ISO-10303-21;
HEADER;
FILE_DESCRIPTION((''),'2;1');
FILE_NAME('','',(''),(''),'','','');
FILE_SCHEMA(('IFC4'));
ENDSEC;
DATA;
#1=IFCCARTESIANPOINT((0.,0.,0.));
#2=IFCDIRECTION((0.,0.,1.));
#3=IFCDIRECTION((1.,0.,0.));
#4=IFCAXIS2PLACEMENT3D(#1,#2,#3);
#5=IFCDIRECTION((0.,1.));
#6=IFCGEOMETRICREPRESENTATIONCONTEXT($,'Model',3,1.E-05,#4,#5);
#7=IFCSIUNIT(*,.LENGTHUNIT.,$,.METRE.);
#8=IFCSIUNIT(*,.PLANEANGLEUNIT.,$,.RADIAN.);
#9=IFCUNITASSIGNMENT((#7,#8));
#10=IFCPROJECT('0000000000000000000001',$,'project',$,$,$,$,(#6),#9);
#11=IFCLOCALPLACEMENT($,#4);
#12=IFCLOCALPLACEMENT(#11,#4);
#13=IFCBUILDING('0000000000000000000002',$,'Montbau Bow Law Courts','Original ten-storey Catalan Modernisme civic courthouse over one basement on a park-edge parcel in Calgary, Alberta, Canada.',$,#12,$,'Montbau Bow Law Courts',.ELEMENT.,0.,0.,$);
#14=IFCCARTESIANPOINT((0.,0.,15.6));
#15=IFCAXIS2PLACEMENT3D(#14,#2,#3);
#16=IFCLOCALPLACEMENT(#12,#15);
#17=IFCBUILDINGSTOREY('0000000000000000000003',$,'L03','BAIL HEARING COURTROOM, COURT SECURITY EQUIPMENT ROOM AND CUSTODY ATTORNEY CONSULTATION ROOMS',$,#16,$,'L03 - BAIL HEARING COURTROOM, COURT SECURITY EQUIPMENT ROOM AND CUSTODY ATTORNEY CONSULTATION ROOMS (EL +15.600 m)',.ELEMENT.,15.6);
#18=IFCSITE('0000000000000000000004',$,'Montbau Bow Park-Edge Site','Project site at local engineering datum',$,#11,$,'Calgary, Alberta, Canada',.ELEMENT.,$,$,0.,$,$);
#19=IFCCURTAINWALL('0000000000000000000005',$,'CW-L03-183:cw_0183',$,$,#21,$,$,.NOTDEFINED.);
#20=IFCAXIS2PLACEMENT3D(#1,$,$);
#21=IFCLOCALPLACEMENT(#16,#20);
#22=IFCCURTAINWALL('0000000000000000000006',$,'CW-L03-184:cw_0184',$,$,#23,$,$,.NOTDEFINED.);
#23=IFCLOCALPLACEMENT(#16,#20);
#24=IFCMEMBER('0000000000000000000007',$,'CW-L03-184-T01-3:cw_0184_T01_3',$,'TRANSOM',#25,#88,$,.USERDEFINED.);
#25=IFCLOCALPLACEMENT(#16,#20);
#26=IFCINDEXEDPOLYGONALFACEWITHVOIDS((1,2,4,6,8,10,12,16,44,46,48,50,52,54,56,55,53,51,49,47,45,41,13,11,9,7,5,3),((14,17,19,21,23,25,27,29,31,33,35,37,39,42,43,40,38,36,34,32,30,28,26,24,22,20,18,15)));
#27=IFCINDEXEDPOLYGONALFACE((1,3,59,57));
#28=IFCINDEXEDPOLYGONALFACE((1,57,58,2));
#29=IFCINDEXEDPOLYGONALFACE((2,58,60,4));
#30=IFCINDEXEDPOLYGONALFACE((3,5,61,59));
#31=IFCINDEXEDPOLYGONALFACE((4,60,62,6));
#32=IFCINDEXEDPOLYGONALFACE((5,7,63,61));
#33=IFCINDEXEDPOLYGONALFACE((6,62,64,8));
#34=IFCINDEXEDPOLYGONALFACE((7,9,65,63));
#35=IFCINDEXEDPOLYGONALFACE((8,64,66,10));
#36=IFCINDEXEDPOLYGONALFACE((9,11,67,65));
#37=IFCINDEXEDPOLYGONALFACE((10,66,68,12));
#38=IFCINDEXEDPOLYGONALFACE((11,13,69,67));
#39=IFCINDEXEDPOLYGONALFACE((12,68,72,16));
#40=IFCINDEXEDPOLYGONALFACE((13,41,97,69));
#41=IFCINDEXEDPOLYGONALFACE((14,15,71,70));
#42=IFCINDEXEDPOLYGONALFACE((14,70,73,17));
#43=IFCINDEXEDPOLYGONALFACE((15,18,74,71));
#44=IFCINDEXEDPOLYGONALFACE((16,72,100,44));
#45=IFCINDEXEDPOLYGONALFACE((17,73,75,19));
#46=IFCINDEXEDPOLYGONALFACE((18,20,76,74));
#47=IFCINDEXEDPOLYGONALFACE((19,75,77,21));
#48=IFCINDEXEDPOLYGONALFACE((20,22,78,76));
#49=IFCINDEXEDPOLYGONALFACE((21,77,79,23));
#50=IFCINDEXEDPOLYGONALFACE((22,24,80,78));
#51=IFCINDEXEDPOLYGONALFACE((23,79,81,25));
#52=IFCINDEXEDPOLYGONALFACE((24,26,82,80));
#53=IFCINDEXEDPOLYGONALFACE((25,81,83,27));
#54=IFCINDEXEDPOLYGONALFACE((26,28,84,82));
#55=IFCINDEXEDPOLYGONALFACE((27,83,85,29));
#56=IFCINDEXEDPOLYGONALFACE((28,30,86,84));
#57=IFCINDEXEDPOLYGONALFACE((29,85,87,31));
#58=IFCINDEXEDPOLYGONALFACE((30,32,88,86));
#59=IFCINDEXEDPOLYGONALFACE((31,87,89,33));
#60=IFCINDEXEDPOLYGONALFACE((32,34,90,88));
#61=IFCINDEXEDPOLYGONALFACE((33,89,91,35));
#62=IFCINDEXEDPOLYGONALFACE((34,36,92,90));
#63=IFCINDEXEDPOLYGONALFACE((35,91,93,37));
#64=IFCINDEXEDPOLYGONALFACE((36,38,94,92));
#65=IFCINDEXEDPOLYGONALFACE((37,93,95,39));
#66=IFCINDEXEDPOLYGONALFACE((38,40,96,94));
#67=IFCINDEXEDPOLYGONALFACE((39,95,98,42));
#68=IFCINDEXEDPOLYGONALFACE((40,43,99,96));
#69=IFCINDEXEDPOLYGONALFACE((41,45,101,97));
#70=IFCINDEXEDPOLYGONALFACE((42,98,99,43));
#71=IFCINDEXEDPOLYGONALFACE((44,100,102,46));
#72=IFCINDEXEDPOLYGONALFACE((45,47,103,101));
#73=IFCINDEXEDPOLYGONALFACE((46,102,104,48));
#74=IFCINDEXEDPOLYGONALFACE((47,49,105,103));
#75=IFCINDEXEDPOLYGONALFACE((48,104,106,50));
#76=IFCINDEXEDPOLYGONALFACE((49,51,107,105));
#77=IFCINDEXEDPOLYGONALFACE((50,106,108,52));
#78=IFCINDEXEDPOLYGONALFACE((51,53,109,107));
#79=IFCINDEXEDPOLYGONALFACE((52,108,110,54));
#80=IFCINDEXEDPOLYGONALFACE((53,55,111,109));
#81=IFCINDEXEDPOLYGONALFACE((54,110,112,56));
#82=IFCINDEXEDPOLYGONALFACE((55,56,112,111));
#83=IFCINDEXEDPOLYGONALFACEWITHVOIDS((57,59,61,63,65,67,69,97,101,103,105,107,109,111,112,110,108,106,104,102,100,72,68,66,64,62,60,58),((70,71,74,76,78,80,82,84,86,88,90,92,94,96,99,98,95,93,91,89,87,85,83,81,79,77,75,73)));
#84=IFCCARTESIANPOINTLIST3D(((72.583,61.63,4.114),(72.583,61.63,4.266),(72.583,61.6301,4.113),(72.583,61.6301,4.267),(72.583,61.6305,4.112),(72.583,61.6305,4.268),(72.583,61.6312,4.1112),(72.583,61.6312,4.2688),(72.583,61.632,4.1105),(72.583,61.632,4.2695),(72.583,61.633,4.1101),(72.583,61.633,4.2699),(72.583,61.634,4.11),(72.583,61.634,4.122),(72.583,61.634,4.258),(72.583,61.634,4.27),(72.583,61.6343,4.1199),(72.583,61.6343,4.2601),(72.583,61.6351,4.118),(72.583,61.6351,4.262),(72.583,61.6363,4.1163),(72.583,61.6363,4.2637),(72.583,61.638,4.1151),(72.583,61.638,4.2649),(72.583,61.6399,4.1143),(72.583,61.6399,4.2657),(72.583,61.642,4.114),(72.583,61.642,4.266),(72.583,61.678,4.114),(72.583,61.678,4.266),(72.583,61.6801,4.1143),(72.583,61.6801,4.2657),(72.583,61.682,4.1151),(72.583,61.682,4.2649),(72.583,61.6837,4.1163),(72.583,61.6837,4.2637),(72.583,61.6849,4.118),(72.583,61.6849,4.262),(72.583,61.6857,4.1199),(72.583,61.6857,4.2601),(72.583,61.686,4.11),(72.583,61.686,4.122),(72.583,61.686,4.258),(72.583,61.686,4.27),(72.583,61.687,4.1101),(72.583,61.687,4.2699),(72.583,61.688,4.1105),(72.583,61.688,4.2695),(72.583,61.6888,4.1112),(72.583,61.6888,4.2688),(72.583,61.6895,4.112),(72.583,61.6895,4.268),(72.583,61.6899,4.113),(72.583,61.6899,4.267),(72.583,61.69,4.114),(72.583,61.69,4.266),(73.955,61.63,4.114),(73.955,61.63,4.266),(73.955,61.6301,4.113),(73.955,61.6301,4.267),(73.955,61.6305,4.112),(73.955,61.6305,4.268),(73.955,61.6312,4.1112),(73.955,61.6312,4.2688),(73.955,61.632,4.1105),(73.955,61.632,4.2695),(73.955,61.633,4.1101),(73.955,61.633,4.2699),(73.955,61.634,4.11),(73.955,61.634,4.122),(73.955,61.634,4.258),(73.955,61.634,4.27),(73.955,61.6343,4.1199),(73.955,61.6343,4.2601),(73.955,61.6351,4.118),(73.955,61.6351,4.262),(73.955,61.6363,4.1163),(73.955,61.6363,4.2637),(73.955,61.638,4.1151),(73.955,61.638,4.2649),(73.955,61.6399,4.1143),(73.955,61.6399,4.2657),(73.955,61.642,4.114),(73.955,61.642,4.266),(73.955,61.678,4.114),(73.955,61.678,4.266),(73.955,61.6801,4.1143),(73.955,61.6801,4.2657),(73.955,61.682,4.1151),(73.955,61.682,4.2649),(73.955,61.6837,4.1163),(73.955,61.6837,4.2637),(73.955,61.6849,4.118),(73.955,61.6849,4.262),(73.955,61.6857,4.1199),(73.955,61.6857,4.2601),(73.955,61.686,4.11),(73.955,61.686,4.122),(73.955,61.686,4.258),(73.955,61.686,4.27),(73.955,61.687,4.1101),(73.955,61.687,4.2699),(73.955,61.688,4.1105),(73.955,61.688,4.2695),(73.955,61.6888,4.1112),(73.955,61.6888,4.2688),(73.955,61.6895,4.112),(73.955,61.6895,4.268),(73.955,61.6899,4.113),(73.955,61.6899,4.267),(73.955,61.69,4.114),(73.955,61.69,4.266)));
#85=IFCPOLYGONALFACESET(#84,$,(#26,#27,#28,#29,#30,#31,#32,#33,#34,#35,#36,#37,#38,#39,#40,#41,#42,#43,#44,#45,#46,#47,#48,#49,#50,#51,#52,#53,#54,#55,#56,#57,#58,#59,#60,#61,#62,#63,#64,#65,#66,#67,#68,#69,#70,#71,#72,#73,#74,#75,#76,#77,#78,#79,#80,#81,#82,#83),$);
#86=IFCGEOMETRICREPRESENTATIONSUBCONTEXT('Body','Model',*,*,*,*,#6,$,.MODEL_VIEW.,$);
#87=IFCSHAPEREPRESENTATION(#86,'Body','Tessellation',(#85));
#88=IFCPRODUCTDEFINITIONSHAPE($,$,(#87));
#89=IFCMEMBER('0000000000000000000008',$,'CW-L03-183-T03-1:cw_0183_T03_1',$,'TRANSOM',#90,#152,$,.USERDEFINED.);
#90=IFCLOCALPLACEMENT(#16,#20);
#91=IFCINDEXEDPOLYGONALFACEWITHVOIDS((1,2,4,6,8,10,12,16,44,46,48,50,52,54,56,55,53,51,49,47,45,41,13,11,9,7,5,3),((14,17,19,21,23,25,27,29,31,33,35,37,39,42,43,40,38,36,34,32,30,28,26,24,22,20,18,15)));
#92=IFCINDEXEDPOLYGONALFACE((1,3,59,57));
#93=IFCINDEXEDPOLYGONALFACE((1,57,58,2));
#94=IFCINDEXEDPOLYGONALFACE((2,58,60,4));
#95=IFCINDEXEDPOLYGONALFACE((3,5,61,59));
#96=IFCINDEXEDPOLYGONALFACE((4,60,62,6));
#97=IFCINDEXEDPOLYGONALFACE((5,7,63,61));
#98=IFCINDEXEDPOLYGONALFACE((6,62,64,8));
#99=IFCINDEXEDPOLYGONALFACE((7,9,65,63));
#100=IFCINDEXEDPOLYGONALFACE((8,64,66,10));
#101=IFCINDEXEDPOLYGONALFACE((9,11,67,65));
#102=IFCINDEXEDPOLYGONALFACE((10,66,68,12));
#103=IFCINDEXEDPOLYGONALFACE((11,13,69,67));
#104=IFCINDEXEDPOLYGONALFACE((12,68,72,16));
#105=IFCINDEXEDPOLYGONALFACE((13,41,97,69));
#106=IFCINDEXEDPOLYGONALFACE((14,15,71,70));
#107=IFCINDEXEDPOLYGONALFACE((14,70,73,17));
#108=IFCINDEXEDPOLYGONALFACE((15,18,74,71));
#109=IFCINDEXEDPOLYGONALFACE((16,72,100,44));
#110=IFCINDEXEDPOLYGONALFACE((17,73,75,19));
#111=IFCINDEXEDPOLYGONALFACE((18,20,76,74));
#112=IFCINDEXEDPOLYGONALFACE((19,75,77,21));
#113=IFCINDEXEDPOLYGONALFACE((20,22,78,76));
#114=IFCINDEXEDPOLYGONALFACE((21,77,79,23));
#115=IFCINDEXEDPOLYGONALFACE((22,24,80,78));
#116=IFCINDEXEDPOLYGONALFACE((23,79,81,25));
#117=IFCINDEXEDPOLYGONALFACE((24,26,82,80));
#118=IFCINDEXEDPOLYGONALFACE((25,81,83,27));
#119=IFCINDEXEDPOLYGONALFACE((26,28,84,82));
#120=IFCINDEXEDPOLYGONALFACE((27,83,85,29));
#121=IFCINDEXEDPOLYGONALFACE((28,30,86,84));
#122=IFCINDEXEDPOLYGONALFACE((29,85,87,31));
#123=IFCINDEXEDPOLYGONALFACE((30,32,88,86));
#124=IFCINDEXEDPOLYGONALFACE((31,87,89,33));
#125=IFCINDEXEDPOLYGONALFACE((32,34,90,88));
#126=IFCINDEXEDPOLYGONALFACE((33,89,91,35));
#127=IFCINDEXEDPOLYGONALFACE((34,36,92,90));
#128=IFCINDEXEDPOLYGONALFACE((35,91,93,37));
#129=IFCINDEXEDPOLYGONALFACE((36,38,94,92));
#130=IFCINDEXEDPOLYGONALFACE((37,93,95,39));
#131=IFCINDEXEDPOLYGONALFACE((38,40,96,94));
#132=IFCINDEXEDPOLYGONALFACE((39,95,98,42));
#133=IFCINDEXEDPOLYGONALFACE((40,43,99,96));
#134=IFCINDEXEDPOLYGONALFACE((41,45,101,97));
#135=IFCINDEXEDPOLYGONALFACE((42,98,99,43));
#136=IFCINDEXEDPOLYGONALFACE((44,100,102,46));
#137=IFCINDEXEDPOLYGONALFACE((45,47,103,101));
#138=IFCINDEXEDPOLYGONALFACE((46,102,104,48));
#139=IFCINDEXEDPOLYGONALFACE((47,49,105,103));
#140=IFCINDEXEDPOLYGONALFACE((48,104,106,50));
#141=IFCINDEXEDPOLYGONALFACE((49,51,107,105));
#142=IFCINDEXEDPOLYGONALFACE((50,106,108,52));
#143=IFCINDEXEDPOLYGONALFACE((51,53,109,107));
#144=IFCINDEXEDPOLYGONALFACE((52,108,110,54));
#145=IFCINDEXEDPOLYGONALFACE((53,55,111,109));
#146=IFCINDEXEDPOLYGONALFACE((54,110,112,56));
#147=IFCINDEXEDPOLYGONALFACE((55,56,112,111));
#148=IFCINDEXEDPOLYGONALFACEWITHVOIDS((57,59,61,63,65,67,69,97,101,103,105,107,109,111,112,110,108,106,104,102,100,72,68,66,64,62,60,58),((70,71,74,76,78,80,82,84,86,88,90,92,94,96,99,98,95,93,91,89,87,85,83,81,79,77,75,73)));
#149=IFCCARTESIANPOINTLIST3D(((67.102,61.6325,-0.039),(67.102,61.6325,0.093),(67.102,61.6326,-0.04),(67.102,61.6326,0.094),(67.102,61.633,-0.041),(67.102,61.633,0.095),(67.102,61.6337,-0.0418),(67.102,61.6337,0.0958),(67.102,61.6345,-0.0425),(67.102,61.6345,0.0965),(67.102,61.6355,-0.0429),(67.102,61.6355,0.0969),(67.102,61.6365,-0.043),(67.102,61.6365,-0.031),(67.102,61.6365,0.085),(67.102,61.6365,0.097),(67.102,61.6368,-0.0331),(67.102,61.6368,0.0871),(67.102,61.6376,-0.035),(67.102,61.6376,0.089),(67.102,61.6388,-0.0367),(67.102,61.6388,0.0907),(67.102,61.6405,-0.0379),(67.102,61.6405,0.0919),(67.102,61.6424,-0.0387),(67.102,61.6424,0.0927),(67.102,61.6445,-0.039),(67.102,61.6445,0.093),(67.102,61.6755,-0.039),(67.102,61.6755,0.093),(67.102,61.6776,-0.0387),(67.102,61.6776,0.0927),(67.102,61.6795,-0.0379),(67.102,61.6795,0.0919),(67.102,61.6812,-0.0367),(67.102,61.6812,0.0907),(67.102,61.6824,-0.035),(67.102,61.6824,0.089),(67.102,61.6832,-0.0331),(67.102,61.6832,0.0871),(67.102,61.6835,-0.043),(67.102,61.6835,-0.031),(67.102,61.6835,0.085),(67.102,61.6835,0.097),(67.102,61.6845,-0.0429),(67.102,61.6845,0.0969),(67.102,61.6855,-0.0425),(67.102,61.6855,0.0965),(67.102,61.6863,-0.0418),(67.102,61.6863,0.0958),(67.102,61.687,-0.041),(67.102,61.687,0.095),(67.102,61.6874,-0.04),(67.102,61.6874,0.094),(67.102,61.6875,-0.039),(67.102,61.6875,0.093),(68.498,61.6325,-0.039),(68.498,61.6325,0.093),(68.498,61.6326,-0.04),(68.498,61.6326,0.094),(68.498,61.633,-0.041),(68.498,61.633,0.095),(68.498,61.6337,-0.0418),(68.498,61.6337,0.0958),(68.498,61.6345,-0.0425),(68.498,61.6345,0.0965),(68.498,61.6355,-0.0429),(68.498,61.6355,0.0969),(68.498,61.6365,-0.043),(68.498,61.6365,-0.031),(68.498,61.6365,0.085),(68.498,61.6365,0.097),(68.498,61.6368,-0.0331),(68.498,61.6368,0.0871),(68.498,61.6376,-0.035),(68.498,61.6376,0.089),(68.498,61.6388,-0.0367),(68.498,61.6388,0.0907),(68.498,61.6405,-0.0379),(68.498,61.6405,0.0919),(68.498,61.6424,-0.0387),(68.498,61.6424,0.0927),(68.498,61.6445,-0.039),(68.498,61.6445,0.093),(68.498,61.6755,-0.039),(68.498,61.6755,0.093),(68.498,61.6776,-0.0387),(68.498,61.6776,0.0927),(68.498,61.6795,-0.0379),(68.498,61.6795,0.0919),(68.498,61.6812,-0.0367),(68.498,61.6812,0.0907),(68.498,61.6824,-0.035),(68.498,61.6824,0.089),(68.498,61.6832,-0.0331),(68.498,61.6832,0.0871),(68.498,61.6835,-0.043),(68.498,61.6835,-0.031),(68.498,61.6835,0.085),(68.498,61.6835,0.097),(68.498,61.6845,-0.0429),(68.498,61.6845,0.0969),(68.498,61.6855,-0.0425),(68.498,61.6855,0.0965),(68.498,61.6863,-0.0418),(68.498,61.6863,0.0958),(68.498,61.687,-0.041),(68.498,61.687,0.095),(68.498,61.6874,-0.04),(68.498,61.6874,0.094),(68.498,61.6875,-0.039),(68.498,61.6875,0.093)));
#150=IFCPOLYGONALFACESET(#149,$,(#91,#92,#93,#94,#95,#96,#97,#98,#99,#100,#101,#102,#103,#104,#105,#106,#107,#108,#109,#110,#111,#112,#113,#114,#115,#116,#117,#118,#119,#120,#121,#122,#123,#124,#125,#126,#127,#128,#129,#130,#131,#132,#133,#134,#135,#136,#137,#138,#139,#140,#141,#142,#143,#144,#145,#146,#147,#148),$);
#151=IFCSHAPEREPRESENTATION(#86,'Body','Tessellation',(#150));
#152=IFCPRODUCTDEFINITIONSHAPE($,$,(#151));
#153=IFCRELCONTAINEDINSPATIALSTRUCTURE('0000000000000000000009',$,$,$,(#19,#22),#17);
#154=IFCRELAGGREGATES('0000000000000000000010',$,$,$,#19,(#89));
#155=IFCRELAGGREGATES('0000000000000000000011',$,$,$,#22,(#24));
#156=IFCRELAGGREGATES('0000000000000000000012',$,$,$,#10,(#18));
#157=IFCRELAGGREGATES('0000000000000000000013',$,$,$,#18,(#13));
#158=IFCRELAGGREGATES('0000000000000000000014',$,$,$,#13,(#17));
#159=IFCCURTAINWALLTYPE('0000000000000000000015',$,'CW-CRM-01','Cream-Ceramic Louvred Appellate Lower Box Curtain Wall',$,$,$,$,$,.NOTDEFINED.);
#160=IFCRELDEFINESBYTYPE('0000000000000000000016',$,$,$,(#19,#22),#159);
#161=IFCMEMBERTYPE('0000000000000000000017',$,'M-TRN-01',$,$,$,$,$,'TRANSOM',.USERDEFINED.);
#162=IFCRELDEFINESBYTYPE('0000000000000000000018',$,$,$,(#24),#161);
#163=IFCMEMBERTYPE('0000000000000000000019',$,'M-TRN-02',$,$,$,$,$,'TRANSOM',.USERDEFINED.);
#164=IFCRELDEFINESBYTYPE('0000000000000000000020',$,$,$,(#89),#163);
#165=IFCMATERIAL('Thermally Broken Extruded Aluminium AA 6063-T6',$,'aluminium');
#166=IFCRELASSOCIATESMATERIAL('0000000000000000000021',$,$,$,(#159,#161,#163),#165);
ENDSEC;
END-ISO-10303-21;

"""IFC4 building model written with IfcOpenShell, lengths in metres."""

from ifc_helpers import new_model, si_unit, direction, frame, origin_with_axes, origin_2d_with_axis, place, context, subcontext, project, spatial, hollow_rectangle, extrude, material, material_profile, profile_set, type_object, element, aggregate, save


model = new_model("IFC4")

# Units and contexts
model_context = context("Model", 3, precision=1e-05, world=origin_with_axes(), true_north=direction((0.0, 1.0)))
body_context = subcontext(model_context, "Body", "Model", "MODEL_VIEW")
ifc_project = project(units=[si_unit("LENGTHUNIT", "METRE"), si_unit("PLANEANGLEUNIT", "RADIAN")], contexts=[model_context])

# Site, building, storey
site_placement = place(None, origin_with_axes())
site = spatial("IfcSite", under=ifc_project, at=site_placement, Name="Montbau Bow Park-Edge Site", Description="Project site at local engineering datum", LongName="Calgary, Alberta, Canada", CompositionType="ELEMENT", RefElevation=0.0)
building_placement = place(site_placement, origin_with_axes())
building = spatial("IfcBuilding", under=site, at=building_placement, Name="Montbau Bow Law Courts", Description="Original ten-storey Catalan Modernisme civic courthouse over one basement on a park-edge parcel in Calgary, Alberta, Canada.", LongName="Montbau Bow Law Courts", CompositionType="ELEMENT", ElevationOfRefHeight=0.0, ElevationOfTerrain=0.0)
storey_placement = place(building_placement, frame((0.0, 0.0, 15.6), z_axis=(0.0, 0.0, 1.0), x_axis=(1.0, 0.0, 0.0)))
storey = spatial("IfcBuildingStorey", under=building, at=storey_placement, Name="L03", Description="BAIL HEARING COURTROOM, COURT SECURITY EQUIPMENT ROOM AND CUSTODY ATTORNEY CONSULTATION ROOMS", LongName="L03 - BAIL HEARING COURTROOM, COURT SECURITY EQUIPMENT ROOM AND CUSTODY ATTORNEY CONSULTATION ROOMS (EL +15.600 m)", CompositionType="ELEMENT", Elevation=15.6)

# Curtain walls, member
ifc_material_1 = material(Name="Thermally Broken Extruded Aluminium AA 6063-T6", Category="aluminium")
curtain_wall_type = type_object("IfcCurtainWallType", Name="CW-CRM-01", Description="Cream-Ceramic Louvred Appellate Lower Box Curtain Wall", PredefinedType="NOTDEFINED", material=ifc_material_1)
curtain_wall_1_placement = place(None, frame((64.115, 61.66, 15.6), z_axis=(0.0, 0.0, 1.0), x_axis=(1.0, 0.0, 0.0)))
curtain_wall_1 = element("IfcCurtainWall", 1, at=curtain_wall_1_placement, inside=storey, type_object=curtain_wall_type, Name="CW-L03-183:cw_0183", PredefinedType="NOTDEFINED")
curtain_wall_2_placement = place(None, frame((72.515, 61.66, 15.6), z_axis=(0.0, 0.0, 1.0), x_axis=(1.0, 0.0, 0.0)))
curtain_wall_2 = element("IfcCurtainWall", 2, at=curtain_wall_2_placement, inside=storey, type_object=curtain_wall_type, Name="CW-L03-184:cw_0184", PredefinedType="NOTDEFINED")
ifc_material_profile_1 = material_profile(ifc_material_1, hollow_rectangle(XDim=0.06, YDim=0.16, WallThickness=0.004, InnerFilletRadius=0.008, OuterFilletRadius=0.004, at=origin_2d_with_axis()), Name="CWT-160X60", Category="Main", Priority=0)
ifc_profile_set_1 = profile_set([ifc_material_profile_1], Name="Thermally Broken Extruded Aluminium AA 6063-T6")
member_type_1 = type_object("IfcMemberType", Name="M-TRN-01", ElementType="TRANSOM", PredefinedType="USERDEFINED", material=ifc_profile_set_1)
member_1_placement = place(None, frame((72.583, 61.66, 19.79), z_axis=(1.0, 0.0, 0.0), x_axis=(0.0, 1.0, 0.0)))
member_1 = element("IfcMember", 3, at=member_1_placement, type_object=member_type_1, Name="CW-L03-184-T01-3:cw_0184_T01_3", ObjectType="TRANSOM", PredefinedType="USERDEFINED", context=body_context, shape_type="SweptSolid", body=[
    extrude(hollow_rectangle(XDim=0.06, YDim=0.16, WallThickness=0.004, InnerFilletRadius=0.008, OuterFilletRadius=0.004, at=origin_2d_with_axis()), origin_with_axes(), (0.0, 0.0, 1.0), 1.372),
])

# Member
ifc_material_profile_2 = material_profile(ifc_material_1, hollow_rectangle(XDim=0.055, YDim=0.14, WallThickness=0.004, InnerFilletRadius=0.008, OuterFilletRadius=0.004, at=origin_2d_with_axis()), Name="CWT-140X55", Category="Main", Priority=0)
ifc_profile_set_2 = profile_set([ifc_material_profile_2], Name="Thermally Broken Extruded Aluminium AA 6063-T6")
member_type_2 = type_object("IfcMemberType", Name="M-TRN-02", ElementType="TRANSOM", PredefinedType="USERDEFINED", material=ifc_profile_set_2)
member_2_placement = place(None, frame((67.102, 61.66, 15.627), z_axis=(1.0, 0.0, 0.0), x_axis=(0.0, 1.0, 0.0)))
member_2 = element("IfcMember", 4, at=member_2_placement, type_object=member_type_2, Name="CW-L03-183-T03-1:cw_0183_T03_1", ObjectType="TRANSOM", PredefinedType="USERDEFINED", context=body_context, shape_type="SweptSolid", body=[
    extrude(hollow_rectangle(XDim=0.055, YDim=0.14, WallThickness=0.004, InnerFilletRadius=0.008, OuterFilletRadius=0.004, at=origin_2d_with_axis()), origin_with_axes(), (0.0, 0.0, 1.0), 1.396),
])

aggregate(curtain_wall_1, [member_2])
aggregate(curtain_wall_2, [member_1])

save(model, "model.ifc")
